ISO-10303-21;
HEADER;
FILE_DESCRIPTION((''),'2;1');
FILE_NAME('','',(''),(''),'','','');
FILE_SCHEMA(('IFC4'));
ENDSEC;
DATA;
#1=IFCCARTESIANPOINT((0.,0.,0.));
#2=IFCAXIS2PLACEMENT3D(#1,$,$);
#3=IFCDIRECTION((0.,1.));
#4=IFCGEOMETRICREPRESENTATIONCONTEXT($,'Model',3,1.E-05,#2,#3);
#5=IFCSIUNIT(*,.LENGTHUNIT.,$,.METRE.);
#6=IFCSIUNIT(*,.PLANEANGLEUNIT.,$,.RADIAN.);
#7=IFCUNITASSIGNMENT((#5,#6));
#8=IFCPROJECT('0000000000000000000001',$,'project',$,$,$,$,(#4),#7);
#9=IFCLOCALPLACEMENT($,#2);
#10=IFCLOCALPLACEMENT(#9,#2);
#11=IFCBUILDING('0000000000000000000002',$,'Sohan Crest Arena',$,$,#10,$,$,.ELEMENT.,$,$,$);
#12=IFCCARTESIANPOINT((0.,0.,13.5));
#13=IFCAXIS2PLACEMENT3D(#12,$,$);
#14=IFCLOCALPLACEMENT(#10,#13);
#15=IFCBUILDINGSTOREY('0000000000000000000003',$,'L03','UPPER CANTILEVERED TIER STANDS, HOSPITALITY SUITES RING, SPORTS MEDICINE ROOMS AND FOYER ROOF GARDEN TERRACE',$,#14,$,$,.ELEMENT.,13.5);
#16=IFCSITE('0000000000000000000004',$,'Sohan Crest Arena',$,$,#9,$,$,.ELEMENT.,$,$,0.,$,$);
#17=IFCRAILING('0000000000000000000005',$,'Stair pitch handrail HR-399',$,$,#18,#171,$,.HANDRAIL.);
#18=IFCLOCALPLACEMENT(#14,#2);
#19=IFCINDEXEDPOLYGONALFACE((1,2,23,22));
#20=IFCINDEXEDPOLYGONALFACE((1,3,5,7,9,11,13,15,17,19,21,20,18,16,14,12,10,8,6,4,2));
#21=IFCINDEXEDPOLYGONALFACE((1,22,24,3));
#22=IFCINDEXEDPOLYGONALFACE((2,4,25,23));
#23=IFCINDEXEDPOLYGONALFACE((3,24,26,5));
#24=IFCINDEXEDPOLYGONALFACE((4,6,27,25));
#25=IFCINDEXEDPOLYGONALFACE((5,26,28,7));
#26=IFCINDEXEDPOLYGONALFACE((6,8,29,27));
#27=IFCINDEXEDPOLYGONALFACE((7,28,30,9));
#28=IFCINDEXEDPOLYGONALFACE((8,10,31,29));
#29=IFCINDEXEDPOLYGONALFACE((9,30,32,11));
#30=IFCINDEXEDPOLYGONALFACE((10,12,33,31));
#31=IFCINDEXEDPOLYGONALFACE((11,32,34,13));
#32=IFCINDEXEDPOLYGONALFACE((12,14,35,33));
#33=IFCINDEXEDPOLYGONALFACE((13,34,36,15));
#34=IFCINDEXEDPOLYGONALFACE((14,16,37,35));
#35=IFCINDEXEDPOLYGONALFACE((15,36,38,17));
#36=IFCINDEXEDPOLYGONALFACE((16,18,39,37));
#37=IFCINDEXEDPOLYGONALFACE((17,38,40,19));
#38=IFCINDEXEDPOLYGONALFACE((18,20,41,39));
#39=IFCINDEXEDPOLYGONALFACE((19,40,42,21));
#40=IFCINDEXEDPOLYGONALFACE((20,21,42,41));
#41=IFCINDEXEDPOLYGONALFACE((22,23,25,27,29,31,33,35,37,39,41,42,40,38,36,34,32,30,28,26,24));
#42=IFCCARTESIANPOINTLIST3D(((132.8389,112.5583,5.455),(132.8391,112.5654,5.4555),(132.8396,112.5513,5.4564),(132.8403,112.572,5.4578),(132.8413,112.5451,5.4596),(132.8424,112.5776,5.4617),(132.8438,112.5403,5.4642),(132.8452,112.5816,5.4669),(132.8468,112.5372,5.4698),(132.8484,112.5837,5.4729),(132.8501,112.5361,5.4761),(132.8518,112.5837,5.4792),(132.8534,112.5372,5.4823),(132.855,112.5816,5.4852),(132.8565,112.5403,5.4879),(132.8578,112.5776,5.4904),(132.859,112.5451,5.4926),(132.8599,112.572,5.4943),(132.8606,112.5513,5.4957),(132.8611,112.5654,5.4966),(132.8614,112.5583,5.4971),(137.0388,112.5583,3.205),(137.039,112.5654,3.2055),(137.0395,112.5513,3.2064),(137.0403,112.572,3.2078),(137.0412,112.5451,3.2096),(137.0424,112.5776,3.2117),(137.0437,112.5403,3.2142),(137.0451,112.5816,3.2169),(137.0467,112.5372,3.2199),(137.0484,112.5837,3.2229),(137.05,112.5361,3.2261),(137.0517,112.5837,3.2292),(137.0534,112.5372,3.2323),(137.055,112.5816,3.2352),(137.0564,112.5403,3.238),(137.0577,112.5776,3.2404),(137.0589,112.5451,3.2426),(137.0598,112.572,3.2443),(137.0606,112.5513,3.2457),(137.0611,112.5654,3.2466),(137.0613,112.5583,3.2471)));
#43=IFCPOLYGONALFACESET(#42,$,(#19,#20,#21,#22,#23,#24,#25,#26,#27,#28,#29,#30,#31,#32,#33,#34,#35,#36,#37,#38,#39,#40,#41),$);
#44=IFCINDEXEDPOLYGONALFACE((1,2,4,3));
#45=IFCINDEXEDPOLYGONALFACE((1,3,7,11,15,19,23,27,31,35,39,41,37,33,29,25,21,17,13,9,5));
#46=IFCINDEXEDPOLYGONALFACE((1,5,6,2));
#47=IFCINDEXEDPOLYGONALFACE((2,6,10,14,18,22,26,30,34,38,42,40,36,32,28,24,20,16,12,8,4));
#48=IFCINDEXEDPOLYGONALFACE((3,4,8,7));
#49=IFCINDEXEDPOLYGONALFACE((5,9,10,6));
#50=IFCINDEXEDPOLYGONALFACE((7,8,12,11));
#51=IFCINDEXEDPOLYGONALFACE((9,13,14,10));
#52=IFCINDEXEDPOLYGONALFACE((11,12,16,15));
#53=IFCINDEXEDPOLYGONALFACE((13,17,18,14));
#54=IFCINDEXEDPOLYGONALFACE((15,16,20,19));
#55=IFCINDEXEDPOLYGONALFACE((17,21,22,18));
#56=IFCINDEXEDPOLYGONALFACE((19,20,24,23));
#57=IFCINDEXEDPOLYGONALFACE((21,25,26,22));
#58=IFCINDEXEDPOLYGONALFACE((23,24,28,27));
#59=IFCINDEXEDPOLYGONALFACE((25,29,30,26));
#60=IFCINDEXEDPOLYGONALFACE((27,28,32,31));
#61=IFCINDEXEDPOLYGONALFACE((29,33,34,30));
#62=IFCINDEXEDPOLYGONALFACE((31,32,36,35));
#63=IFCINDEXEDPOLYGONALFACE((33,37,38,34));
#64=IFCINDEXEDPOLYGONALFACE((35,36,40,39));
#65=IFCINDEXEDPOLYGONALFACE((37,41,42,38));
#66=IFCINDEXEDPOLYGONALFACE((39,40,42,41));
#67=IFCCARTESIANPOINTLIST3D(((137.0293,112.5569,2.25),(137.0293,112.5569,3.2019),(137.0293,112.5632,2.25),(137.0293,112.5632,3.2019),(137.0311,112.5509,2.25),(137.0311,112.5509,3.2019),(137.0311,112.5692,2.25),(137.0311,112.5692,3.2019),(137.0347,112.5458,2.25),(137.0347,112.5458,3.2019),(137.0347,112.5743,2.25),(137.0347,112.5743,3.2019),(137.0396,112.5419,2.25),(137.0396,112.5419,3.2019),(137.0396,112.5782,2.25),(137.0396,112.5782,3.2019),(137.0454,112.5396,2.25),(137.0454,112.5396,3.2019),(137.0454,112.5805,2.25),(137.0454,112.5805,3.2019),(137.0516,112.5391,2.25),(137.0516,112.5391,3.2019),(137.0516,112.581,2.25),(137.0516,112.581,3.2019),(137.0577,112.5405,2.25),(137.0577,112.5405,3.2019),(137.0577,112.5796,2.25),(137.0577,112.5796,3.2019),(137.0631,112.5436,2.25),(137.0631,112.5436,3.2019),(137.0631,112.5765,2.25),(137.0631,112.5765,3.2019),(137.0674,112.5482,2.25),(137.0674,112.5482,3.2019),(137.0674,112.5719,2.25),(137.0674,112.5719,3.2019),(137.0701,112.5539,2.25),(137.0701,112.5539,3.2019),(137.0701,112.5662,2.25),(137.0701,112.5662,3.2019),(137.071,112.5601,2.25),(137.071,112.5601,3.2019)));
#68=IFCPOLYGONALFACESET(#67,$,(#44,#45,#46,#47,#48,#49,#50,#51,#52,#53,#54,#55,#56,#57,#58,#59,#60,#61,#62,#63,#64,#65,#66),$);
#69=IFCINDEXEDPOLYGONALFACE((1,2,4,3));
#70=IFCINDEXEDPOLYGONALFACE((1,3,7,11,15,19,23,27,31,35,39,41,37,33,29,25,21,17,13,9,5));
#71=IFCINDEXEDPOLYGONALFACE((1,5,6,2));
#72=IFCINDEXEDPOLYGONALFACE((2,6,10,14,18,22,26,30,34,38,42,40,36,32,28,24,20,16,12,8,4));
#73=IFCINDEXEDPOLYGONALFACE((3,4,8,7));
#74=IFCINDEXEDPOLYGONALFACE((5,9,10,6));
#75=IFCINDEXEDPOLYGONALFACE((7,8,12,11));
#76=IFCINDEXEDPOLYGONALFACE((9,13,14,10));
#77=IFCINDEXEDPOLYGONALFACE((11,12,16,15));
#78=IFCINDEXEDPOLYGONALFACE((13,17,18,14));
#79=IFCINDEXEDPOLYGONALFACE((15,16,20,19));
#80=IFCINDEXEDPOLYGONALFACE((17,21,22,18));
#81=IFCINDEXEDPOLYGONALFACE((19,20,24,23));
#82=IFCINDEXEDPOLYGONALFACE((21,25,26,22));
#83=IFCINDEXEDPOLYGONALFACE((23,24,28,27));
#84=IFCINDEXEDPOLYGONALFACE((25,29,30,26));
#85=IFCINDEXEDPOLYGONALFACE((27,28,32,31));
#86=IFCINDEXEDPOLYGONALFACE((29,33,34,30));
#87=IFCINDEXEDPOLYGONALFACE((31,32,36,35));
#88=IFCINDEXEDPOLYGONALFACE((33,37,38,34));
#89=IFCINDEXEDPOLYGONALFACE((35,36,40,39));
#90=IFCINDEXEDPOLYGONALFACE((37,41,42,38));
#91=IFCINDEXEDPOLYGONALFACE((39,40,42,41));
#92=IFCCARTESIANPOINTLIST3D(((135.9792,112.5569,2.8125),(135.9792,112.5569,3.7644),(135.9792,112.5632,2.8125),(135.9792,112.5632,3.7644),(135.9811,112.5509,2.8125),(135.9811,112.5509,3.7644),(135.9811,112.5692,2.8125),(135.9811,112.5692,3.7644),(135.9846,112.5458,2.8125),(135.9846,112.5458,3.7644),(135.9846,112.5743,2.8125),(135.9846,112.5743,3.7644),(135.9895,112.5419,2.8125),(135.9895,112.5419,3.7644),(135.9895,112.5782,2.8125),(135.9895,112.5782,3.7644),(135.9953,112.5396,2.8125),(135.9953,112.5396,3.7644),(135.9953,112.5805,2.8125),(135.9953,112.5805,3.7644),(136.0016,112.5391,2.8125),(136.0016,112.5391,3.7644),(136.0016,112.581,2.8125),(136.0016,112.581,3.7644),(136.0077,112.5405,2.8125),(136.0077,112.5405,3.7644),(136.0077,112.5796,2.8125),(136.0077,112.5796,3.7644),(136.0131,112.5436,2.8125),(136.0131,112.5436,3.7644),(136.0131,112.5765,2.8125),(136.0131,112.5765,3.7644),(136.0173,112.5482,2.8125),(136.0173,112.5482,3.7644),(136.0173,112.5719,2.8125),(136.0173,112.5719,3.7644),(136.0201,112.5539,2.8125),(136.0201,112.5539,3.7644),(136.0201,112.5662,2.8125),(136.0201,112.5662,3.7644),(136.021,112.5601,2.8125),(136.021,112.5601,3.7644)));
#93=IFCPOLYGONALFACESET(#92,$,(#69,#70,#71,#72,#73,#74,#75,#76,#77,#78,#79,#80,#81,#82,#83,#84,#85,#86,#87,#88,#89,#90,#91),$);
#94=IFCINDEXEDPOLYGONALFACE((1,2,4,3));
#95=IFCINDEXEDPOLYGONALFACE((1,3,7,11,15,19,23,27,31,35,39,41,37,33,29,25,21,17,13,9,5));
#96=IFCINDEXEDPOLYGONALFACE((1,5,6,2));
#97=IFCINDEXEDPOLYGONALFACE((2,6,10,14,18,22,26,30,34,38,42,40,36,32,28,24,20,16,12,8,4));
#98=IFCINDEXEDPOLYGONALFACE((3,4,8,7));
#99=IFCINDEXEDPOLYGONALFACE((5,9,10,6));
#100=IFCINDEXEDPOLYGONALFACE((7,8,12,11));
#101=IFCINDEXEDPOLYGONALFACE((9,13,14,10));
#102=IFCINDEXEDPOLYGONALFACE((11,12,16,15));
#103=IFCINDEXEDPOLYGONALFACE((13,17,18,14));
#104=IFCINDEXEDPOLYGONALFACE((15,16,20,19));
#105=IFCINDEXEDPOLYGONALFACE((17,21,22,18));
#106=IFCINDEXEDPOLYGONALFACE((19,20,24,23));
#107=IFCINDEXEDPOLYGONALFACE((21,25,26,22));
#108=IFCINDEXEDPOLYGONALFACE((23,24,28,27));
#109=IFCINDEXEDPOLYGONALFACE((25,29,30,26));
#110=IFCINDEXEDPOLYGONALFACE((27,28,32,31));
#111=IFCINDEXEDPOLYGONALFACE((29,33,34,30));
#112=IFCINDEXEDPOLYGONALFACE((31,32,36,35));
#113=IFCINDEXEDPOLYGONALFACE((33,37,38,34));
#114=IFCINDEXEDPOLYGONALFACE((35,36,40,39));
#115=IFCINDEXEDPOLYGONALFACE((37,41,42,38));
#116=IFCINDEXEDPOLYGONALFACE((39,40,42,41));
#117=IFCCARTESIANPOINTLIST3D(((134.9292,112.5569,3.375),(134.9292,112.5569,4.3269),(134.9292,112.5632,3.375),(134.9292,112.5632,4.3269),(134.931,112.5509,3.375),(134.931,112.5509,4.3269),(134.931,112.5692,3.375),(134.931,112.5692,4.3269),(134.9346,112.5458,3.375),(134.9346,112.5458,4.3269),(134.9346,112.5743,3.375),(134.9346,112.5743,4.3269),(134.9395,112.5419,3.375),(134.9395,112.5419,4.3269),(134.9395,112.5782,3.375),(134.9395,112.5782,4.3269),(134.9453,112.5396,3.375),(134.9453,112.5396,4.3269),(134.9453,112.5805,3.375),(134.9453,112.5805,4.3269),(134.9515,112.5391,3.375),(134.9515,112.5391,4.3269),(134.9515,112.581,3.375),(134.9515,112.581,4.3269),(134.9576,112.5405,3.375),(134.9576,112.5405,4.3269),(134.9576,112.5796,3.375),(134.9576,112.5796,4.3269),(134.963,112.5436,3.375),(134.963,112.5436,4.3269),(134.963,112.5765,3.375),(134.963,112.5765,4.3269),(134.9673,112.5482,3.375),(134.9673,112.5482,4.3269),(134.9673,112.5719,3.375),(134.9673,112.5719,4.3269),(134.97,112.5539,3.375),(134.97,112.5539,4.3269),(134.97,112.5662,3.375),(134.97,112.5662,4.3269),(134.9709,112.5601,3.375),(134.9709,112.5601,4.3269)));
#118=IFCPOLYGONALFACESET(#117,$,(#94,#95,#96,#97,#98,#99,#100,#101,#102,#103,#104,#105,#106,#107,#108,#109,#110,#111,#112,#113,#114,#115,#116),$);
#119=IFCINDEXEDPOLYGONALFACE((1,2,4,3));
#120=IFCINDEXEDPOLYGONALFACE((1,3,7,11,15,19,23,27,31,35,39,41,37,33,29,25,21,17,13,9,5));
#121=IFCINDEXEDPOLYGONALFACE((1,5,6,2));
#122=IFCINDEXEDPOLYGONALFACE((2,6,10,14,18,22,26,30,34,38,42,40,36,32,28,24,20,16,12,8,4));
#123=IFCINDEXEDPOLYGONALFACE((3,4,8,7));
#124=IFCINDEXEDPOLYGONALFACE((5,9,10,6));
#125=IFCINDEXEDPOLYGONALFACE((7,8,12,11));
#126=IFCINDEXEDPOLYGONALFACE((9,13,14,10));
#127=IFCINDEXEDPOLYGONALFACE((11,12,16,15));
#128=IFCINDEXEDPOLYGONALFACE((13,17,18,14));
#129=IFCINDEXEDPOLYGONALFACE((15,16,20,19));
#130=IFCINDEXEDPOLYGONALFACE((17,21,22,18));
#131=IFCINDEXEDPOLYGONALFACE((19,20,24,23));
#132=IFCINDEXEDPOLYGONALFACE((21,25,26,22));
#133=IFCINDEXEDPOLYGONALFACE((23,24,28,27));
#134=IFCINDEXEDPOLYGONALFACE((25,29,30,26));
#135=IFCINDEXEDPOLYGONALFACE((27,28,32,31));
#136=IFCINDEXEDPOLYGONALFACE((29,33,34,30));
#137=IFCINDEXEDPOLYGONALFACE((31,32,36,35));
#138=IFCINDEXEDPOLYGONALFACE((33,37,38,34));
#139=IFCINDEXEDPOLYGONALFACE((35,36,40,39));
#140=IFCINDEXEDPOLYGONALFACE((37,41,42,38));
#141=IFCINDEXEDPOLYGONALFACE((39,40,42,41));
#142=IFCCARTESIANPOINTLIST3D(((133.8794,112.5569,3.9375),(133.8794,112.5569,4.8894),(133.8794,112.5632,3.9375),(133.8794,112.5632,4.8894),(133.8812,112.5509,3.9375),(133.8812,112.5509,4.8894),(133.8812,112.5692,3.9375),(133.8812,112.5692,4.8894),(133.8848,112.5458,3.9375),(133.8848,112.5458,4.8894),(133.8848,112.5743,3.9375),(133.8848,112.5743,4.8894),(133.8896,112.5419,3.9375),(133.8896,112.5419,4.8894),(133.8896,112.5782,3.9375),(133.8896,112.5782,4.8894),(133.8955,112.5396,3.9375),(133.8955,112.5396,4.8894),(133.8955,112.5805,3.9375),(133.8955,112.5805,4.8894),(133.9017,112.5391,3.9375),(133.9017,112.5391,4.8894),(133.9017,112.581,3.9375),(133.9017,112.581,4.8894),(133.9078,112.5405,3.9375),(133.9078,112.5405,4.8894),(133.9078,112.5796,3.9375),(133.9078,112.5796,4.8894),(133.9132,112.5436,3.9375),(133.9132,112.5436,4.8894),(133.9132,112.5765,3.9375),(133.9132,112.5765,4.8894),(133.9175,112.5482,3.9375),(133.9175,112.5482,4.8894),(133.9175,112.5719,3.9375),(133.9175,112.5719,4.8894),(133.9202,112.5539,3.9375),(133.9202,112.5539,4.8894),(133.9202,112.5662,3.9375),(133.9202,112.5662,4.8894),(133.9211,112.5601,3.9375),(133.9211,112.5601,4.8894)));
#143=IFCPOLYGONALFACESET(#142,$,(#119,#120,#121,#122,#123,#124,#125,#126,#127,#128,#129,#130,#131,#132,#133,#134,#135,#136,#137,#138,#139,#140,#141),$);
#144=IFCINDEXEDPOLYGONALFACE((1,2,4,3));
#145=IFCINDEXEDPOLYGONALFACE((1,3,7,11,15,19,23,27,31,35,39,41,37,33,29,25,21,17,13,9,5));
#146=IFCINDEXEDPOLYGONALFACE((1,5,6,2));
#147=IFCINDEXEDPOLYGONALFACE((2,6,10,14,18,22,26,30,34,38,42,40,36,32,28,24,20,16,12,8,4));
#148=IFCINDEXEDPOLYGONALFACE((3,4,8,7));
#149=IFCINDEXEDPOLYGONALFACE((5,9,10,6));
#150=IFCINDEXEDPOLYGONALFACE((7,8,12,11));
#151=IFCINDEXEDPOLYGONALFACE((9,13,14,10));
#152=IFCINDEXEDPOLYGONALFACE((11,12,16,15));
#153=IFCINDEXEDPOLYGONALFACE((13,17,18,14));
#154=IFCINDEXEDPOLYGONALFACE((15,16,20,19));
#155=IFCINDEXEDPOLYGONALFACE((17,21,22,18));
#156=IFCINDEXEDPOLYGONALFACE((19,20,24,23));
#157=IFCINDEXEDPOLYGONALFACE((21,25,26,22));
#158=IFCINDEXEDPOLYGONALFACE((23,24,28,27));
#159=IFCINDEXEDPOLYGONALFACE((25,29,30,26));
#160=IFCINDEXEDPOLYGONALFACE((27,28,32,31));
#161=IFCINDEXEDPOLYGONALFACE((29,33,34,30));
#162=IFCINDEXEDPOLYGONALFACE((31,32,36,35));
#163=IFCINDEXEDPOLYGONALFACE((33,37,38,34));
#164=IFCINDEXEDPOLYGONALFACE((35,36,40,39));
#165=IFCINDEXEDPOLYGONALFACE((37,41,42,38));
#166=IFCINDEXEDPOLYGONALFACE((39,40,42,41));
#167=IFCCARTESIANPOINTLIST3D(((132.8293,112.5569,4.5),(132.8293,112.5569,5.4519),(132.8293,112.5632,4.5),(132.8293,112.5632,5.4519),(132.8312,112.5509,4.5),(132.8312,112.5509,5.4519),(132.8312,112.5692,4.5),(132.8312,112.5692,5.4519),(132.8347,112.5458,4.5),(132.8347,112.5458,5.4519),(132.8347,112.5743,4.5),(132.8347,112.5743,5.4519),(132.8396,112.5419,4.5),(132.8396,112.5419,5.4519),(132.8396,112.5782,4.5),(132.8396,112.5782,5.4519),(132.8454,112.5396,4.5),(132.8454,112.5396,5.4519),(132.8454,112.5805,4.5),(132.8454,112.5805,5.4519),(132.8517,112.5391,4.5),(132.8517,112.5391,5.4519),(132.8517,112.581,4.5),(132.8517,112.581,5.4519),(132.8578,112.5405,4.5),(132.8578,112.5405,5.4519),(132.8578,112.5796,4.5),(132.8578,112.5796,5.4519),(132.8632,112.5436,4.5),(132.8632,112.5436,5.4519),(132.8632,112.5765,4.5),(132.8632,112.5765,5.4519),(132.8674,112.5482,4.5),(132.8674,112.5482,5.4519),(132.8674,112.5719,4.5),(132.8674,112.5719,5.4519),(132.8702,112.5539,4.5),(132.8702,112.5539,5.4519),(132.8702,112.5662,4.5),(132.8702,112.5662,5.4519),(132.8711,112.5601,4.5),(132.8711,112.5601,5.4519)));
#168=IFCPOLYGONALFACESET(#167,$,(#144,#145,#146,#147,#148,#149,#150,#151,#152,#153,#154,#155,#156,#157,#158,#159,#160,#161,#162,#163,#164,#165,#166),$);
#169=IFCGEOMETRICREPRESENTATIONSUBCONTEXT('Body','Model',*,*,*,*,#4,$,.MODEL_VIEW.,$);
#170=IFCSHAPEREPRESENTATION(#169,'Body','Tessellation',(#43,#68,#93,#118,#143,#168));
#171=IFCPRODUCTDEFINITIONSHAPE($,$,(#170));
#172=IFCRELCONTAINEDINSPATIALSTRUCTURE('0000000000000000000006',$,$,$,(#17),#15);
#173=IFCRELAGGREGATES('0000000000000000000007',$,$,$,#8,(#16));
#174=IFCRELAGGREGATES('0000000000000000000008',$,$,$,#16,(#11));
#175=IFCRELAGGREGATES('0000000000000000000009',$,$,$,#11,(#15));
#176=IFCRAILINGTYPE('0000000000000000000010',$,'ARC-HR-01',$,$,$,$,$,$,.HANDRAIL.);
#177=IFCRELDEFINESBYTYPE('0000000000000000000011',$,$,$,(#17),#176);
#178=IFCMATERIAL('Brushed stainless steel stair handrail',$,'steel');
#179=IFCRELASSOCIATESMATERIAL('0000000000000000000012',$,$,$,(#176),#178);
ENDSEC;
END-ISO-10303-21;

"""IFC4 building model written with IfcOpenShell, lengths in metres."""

from ifc_helpers import new_model, si_unit, direction, frame, origin, origin_2d, place, context, subcontext, project, spatial, circle, extrude, material, type_object, element, save


model = new_model("IFC4")

# Units and contexts
model_context = context("Model", 3, precision=1e-05, world=origin(), true_north=direction((0.0, 1.0)))
body_context = subcontext(model_context, "Body", "Model", "MODEL_VIEW")
ifc_project = project(units=[si_unit("LENGTHUNIT", "METRE"), si_unit("PLANEANGLEUNIT", "RADIAN")], contexts=[model_context])

# Site, building, storey
site_placement = place(None, origin())
site = spatial("IfcSite", under=ifc_project, at=site_placement, Name="Sohan Crest Arena", CompositionType="ELEMENT", RefElevation=0.0)
building_placement = place(site_placement, origin())
building = spatial("IfcBuilding", under=site, at=building_placement, Name="Sohan Crest Arena", CompositionType="ELEMENT")
storey_placement = place(building_placement, frame((0.0, 0.0, 13.5)))
storey = spatial("IfcBuildingStorey", under=building, at=storey_placement, Name="L03", Description="UPPER CANTILEVERED TIER STANDS, HOSPITALITY SUITES RING, SPORTS MEDICINE ROOMS AND FOYER ROOF GARDEN TERRACE", CompositionType="ELEMENT", Elevation=13.5)

# Railing
ifc_material_1 = material(Name="Brushed stainless steel stair handrail", Category="steel")
railing_type_1 = type_object("IfcRailingType", Name="ARC-HR-01", PredefinedType="HANDRAIL", material=ifc_material_1)
railing_1_placement = place(storey_placement, frame((137.05, 112.5601, 2.25)))
element("IfcRailing", 1, at=railing_1_placement, inside=storey, type_object=railing_type_1, Name="Stair pitch handrail HR-399", PredefinedType="HANDRAIL", context=body_context, shape_type="SweptSolid", body=[
    extrude(circle(Radius=0.0239, at=origin_2d()), frame((0.0, 0.0, 0.9761), z_axis=(-0.881478, 0.0, 0.472226), x_axis=(0.0, -1.0, 0.0)), (0.0, 0.0, 1.0), 4.7646),
    extrude(circle(Radius=0.021, at=origin_2d()), origin(), (0.0, 0.0, 1.0), 0.9519),
    extrude(circle(Radius=0.021, at=origin_2d()), frame((-1.05, 0.0, 0.5625)), (0.0, 0.0, 1.0), 0.9519),
    extrude(circle(Radius=0.021, at=origin_2d()), frame((-2.1001, 0.0, 1.125)), (0.0, 0.0, 1.0), 0.9519),
    extrude(circle(Radius=0.021, at=origin_2d()), frame((-3.1499, 0.0, 1.6875)), (0.0, 0.0, 1.0), 0.9519),
    extrude(circle(Radius=0.021, at=origin_2d()), frame((-4.2, 0.0, 2.25)), (0.0, 0.0, 1.0), 0.9519),
])

save(model, "model.ifc")
